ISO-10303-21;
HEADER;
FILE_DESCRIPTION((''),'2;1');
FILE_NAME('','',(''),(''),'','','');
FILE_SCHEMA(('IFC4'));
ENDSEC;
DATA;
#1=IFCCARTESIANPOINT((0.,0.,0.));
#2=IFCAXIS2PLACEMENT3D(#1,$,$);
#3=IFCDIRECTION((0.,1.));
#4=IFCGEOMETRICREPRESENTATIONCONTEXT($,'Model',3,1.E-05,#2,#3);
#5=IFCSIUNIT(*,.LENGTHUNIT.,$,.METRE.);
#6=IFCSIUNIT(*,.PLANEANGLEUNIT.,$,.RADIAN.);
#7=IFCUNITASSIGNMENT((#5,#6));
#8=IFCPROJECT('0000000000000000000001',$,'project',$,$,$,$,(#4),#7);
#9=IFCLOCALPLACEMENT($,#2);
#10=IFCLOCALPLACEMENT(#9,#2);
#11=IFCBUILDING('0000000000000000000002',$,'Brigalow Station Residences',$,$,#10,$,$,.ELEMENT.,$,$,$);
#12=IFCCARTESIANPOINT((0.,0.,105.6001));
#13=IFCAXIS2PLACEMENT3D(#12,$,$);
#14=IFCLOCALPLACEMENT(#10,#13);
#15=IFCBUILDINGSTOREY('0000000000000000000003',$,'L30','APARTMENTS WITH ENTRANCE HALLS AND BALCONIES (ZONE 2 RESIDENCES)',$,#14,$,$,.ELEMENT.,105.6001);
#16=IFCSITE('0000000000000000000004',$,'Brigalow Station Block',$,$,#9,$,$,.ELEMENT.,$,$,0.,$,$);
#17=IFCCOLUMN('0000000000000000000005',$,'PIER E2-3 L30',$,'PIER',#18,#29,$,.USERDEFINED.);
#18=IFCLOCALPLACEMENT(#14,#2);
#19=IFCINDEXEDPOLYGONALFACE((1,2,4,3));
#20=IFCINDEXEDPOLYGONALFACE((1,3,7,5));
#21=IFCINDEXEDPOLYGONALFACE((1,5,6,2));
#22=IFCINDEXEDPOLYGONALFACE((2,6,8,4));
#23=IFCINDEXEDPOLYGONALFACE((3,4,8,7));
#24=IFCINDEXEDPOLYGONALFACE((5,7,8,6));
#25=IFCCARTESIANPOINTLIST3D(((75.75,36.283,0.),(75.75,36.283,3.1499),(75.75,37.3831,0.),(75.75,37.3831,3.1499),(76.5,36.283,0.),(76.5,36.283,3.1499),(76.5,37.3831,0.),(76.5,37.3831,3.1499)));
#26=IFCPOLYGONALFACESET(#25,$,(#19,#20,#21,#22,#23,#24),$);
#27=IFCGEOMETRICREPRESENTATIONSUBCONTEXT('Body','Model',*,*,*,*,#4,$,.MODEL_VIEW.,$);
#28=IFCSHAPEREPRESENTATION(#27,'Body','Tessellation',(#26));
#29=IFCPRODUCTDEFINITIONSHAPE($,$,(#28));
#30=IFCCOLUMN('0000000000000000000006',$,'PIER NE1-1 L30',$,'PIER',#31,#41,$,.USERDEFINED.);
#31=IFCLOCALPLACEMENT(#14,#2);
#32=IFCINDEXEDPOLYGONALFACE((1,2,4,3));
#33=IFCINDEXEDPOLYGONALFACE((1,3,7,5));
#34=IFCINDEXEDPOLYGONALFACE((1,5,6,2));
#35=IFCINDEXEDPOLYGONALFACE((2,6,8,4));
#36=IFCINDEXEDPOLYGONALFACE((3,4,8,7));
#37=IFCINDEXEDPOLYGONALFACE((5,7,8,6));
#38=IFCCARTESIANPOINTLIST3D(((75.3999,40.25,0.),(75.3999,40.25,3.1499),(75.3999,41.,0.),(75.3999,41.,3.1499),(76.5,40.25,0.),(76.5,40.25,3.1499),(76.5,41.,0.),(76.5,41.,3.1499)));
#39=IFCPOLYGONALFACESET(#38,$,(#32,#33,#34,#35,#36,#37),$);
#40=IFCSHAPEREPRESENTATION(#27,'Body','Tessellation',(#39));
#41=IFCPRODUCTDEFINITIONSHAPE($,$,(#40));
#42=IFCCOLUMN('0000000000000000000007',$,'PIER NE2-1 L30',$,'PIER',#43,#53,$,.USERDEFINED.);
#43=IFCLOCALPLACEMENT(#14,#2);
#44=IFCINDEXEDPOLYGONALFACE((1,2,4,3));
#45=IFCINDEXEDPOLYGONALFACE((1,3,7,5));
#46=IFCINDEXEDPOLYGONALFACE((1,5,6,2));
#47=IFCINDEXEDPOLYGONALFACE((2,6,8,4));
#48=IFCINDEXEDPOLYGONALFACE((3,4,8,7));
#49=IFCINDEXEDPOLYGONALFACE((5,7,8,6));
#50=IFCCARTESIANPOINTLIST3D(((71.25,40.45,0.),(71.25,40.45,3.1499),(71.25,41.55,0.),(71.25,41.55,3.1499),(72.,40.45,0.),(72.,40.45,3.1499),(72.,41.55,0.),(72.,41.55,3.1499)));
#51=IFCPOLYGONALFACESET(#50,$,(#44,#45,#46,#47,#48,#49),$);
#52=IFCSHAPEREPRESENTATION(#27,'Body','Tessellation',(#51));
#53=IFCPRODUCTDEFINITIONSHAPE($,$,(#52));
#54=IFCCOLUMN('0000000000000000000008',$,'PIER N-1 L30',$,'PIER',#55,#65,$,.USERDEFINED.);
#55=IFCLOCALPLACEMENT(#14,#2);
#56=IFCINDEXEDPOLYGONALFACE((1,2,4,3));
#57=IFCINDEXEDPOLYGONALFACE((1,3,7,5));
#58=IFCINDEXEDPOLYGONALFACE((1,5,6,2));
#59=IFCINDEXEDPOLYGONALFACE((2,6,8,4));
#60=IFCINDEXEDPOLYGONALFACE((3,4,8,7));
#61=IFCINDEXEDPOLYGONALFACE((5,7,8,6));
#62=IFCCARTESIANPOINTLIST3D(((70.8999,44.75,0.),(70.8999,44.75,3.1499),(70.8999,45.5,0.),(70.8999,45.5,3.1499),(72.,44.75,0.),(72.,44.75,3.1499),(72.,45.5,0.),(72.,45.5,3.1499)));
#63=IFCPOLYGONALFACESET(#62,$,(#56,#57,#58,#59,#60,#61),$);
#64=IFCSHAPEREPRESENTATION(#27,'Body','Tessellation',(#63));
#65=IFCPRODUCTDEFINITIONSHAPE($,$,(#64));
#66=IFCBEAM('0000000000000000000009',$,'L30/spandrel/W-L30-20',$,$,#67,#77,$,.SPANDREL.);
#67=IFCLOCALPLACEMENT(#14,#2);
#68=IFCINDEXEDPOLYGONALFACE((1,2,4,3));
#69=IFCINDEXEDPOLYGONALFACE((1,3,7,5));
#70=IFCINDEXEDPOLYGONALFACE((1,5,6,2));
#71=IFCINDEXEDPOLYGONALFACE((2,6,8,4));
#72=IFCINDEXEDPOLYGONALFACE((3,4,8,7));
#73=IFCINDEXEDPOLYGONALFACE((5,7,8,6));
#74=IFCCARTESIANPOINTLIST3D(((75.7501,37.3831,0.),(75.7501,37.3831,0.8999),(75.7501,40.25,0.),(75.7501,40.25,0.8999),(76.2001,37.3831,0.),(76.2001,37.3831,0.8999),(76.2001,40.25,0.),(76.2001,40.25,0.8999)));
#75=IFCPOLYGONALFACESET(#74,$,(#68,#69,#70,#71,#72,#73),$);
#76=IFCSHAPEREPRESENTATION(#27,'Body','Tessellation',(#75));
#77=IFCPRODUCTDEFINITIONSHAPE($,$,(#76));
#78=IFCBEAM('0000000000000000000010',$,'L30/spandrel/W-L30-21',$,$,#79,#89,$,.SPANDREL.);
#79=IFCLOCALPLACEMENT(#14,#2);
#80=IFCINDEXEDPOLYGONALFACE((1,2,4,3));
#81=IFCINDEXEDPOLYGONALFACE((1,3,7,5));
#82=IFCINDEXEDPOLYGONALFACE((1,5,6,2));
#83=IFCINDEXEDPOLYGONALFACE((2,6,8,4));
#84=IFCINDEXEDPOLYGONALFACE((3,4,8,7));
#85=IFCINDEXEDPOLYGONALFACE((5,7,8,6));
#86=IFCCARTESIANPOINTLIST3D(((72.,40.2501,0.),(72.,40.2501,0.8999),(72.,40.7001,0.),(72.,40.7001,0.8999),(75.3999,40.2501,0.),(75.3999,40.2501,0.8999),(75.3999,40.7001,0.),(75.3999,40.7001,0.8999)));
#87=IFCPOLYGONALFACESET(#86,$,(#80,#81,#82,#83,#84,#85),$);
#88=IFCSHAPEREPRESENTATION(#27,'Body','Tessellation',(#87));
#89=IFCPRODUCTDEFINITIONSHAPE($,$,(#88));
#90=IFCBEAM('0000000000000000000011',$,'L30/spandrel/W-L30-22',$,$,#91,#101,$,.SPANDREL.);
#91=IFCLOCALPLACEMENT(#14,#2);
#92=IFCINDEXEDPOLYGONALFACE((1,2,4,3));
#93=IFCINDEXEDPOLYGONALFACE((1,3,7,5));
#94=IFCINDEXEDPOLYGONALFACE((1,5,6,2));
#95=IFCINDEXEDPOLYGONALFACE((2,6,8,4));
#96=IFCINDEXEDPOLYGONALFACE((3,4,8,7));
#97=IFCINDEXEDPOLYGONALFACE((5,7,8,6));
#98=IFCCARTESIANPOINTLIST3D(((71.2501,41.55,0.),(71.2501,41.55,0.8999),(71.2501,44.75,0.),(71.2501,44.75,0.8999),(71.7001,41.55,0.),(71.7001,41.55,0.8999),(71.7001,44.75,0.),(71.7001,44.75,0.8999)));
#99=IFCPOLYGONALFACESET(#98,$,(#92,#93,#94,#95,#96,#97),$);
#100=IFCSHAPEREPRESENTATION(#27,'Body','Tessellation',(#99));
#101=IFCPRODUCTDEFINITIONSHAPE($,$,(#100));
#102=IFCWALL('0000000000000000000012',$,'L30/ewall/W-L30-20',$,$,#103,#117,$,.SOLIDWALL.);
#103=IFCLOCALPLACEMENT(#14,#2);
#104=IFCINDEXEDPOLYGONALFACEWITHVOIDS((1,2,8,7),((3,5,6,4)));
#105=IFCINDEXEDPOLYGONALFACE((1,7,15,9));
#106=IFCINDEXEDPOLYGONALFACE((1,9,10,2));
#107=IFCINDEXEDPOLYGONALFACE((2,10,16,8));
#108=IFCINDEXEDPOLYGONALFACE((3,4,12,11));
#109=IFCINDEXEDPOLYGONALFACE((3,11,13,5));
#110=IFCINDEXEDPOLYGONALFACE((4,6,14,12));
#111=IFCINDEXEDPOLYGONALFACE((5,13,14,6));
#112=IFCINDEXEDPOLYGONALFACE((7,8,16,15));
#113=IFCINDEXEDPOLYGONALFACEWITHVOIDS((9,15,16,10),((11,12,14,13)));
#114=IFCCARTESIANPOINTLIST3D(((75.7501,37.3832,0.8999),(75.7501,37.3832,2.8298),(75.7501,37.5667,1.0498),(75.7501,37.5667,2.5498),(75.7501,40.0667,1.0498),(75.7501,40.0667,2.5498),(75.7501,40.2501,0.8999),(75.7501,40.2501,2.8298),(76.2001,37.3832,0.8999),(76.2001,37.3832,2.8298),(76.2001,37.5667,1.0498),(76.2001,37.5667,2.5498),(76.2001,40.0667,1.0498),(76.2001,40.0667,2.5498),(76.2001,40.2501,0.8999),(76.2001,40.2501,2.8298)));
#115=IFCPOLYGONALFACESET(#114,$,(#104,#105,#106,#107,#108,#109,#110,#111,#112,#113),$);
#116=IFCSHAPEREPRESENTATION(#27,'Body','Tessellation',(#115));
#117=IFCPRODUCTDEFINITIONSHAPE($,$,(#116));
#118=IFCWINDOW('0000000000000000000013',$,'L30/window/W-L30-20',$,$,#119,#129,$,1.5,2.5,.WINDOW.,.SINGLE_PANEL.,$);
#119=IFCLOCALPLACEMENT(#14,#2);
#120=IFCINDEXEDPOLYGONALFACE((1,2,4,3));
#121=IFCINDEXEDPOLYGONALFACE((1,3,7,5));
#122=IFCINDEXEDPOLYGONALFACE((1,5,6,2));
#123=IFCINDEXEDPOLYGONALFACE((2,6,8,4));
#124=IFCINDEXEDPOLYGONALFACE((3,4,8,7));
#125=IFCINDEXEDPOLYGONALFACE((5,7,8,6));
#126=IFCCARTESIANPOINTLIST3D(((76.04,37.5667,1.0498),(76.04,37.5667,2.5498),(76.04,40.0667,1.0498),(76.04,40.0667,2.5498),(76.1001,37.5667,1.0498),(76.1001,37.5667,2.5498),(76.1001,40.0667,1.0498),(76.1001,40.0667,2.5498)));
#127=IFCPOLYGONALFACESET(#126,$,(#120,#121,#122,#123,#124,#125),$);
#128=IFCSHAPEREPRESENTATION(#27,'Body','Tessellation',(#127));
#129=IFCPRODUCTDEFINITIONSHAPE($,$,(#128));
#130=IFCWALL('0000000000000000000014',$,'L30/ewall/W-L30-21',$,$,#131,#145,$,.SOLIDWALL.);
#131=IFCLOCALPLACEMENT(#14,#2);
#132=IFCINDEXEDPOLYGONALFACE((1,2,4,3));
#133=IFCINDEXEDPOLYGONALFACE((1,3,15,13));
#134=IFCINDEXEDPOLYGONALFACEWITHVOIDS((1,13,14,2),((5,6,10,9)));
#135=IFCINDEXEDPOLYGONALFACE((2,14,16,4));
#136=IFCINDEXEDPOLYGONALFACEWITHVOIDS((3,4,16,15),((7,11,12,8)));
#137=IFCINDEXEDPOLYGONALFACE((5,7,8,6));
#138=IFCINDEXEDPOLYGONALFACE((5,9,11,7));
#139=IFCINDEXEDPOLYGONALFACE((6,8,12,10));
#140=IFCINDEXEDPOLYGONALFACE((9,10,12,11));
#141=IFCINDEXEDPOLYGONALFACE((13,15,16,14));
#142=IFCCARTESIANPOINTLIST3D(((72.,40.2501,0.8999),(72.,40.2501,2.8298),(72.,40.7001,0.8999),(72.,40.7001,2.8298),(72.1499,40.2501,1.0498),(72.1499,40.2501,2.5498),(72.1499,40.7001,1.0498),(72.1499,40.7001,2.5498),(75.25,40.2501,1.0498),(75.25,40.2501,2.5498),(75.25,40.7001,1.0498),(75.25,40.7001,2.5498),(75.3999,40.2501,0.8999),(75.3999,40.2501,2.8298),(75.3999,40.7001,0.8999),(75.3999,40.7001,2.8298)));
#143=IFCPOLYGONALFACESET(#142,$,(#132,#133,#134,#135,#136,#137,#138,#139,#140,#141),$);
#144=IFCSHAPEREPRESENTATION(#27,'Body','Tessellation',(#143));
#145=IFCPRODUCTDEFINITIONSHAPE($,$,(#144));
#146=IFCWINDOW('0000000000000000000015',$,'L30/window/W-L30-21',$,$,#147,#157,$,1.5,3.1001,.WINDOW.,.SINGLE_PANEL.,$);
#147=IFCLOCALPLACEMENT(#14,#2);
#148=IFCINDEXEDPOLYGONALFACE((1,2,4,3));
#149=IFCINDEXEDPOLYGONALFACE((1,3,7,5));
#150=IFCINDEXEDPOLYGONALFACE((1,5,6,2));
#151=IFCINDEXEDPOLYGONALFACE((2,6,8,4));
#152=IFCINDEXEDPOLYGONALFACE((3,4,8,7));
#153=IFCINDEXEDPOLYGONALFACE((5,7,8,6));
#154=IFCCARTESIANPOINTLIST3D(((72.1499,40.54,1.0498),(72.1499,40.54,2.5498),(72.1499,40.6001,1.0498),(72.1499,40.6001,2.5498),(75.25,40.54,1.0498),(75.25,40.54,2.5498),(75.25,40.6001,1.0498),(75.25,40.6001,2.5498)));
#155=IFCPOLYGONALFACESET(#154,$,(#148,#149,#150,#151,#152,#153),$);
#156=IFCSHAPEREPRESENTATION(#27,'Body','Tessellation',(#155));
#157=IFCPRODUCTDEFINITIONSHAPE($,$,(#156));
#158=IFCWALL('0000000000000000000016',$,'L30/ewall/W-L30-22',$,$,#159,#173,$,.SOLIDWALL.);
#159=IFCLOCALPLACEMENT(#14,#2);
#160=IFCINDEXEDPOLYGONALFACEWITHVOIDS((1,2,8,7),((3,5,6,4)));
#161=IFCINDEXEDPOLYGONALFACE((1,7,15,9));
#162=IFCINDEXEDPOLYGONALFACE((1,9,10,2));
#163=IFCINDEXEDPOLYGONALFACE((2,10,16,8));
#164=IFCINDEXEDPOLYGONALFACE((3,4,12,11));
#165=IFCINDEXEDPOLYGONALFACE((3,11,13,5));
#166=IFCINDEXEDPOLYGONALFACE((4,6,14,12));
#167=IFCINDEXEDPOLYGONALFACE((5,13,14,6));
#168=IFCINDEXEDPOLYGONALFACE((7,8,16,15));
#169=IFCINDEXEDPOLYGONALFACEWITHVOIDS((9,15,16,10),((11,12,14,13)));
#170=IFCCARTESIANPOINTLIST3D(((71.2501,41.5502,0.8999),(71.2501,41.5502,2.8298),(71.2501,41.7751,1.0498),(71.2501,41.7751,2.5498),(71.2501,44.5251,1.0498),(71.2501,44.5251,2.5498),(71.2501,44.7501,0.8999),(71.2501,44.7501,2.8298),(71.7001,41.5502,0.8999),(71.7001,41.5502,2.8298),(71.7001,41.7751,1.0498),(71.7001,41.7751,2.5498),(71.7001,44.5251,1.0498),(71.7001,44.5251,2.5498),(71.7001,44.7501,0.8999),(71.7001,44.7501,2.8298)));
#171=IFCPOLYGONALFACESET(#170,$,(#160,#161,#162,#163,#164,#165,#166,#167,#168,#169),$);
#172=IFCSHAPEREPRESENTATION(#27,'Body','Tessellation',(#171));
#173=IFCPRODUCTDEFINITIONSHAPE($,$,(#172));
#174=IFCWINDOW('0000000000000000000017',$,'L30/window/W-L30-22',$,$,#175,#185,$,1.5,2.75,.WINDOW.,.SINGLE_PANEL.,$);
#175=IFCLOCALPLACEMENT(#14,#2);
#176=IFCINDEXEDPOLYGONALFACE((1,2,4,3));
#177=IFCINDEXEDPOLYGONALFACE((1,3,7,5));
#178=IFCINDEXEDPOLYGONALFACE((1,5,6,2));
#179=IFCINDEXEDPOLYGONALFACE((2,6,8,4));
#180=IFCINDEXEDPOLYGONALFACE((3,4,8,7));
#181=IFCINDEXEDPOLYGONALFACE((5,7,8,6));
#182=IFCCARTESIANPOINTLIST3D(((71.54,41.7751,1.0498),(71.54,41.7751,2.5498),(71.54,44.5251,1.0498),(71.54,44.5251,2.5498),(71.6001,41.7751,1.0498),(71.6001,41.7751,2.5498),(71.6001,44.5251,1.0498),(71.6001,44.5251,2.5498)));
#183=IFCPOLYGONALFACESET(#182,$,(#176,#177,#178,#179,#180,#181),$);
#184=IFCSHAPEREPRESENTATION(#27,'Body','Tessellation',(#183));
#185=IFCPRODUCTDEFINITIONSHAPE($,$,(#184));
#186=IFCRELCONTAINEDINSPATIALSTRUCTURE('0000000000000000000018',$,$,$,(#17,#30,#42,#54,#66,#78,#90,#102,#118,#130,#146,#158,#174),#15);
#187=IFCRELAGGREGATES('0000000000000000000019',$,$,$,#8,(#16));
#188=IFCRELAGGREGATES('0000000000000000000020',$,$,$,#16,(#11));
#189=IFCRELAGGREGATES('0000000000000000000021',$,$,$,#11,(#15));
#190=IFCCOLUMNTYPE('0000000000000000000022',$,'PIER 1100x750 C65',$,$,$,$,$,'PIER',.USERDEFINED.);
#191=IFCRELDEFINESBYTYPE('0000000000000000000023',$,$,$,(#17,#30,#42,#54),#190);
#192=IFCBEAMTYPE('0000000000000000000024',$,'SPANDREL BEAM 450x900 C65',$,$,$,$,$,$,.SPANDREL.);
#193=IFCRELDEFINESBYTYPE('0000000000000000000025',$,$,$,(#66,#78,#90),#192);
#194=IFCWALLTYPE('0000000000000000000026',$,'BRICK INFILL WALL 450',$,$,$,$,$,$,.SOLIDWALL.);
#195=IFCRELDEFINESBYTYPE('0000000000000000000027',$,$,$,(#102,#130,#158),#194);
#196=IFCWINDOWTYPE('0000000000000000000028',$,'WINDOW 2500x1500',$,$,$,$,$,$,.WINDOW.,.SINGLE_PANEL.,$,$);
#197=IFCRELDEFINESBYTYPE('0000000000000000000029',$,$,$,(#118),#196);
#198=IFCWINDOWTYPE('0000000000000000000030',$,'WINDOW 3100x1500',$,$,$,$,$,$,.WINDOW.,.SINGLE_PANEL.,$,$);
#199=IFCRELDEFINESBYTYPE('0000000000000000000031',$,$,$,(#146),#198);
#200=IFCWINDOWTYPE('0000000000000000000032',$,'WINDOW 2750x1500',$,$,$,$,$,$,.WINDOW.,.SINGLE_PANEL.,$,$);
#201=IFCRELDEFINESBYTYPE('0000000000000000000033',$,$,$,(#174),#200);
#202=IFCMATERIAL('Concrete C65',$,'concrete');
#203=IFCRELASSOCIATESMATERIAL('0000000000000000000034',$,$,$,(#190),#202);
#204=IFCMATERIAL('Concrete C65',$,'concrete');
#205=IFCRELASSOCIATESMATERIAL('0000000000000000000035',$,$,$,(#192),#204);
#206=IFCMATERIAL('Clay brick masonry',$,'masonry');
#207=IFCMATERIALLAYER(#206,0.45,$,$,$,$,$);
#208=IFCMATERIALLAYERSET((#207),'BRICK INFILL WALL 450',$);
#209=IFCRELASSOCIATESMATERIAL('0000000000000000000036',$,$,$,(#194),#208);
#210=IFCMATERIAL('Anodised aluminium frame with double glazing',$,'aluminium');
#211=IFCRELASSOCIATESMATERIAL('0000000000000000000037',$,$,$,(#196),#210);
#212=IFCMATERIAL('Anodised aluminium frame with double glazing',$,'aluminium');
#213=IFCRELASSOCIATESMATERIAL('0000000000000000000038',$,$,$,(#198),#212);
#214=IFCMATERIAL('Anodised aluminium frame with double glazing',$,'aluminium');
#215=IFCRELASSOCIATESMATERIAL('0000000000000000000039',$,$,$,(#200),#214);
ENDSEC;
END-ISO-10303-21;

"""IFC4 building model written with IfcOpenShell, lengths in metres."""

from ifc_helpers import new_model, si_unit, direction, frame, frame_2d, origin, origin_2d, place, context, subcontext, project, spatial, rectangle, extrude, material, layer, layer_set, material_profile, profile_set, type_object, element, fill, save


model = new_model("IFC4")

# Units and contexts
model_context = context("Model", 3, precision=1e-05, world=origin(), true_north=direction((0.0, 1.0)))
body_context = subcontext(model_context, "Body", "Model", "MODEL_VIEW")
ifc_project = project(units=[si_unit("LENGTHUNIT", "METRE"), si_unit("PLANEANGLEUNIT", "RADIAN")], contexts=[model_context])

# Site, building, storey
site_placement = place(None, origin())
site = spatial("IfcSite", under=ifc_project, at=site_placement, Name="Brigalow Station Block", CompositionType="ELEMENT", RefElevation=0.0)
building_placement = place(site_placement, origin())
building = spatial("IfcBuilding", under=site, at=building_placement, Name="Brigalow Station Residences", CompositionType="ELEMENT")
storey_placement = place(building_placement, frame((0.0, 0.0, 105.6001)))
storey = spatial("IfcBuildingStorey", under=building, at=storey_placement, Name="L30", Description="APARTMENTS WITH ENTRANCE HALLS AND BALCONIES (ZONE 2 RESIDENCES)", CompositionType="ELEMENT", Elevation=105.6001)

# Columns
ifc_material_1 = material(Name="Concrete C65", Category="concrete")
ifc_material_profile_1 = material_profile(ifc_material_1, rectangle(XDim=1.1001, YDim=0.75, at=origin_2d()), Name="RC1100x750")
ifc_profile_set_1 = profile_set([ifc_material_profile_1], Name="Concrete C65")
column_type = type_object("IfcColumnType", Name="PIER 1100x750 C65", ElementType="PIER", PredefinedType="USERDEFINED", material=ifc_profile_set_1)
for number, where, z_axis, x_axis, name in (
    (1, (76.125, 36.833, 0.0), (0.0, 0.0, 1.0), (0.0, 1.0, 0.0), "PIER E2-3 L30"),
    (2, (75.95, 40.625, 0.0), (0.0, 0.0, 1.0), (-1.0, 0.0, 0.0), "PIER NE1-1 L30"),
    (3, (71.625, 41.0, 0.0), (0.0, 0.0, 1.0), (0.0, 1.0, 0.0), "PIER NE2-1 L30"),
    (4, (71.45, 45.125, 0.0), (0.0, 0.0, 1.0), (-1.0, 0.0, 0.0), "PIER N-1 L30"),
):
    element("IfcColumn", number, at=place(storey_placement, frame(where, z_axis=z_axis, x_axis=x_axis)), inside=storey, type_object=column_type, Name=name, ObjectType="PIER", PredefinedType="USERDEFINED", context=body_context, shape_type="SweptSolid", body=[
        extrude(rectangle(XDim=1.1001, YDim=0.75, at=origin_2d()), origin(), (0.0, 0.0, 1.0), 3.1499),
    ])

# Beams
ifc_material_2 = material(Name="Concrete C65", Category="concrete")
ifc_material_profile_2 = material_profile(ifc_material_2, rectangle(XDim=0.45, YDim=0.8999, at=origin_2d()), Name="RC450x900")
ifc_profile_set_2 = profile_set([ifc_material_profile_2], Name="Concrete C65")
beam_type = type_object("IfcBeamType", Name="SPANDREL BEAM 450x900 C65", PredefinedType="SPANDREL", material=ifc_profile_set_2)
beam_1_placement = place(storey_placement, frame((75.9751, 37.3831, 0.45), z_axis=(0.0, 1.0, 0.0), x_axis=(-1.0, 0.0, 0.0)))
element("IfcBeam", 5, at=beam_1_placement, inside=storey, type_object=beam_type, Name="L30/spandrel/W-L30-20", PredefinedType="SPANDREL", context=body_context, shape_type="SweptSolid", body=[
    extrude(rectangle(XDim=0.45, YDim=0.8999, at=origin_2d()), origin(), (0.0, 0.0, 1.0), 2.8669),
])
beam_2_placement = place(storey_placement, frame((75.3999, 40.4751, 0.45), z_axis=(-1.0, 0.0, 0.0), x_axis=(0.0, -1.0, 0.0)))
element("IfcBeam", 6, at=beam_2_placement, inside=storey, type_object=beam_type, Name="L30/spandrel/W-L30-21", PredefinedType="SPANDREL", context=body_context, shape_type="SweptSolid", body=[
    extrude(rectangle(XDim=0.45, YDim=0.8999, at=origin_2d()), origin(), (0.0, 0.0, 1.0), 3.3999),
])
beam_3_placement = place(storey_placement, frame((71.4751, 41.55, 0.45), z_axis=(0.0, 1.0, 0.0), x_axis=(-1.0, 0.0, 0.0)))
element("IfcBeam", 7, at=beam_3_placement, inside=storey, type_object=beam_type, Name="L30/spandrel/W-L30-22", PredefinedType="SPANDREL", context=body_context, shape_type="SweptSolid", body=[
    extrude(rectangle(XDim=0.45, YDim=0.8999, at=origin_2d()), origin(), (0.0, 0.0, 1.0), 3.2),
])

# Walls, openings, windows
ifc_material_3 = material(Name="Clay brick masonry", Category="masonry")
ifc_layer_1 = layer(ifc_material_3, 0.45)
ifc_layer_set_1 = layer_set([ifc_layer_1], Name="BRICK INFILL WALL 450")
wall_type_1 = type_object("IfcWallType", Name="BRICK INFILL WALL 450", PredefinedType="SOLIDWALL", material=ifc_layer_set_1)
wall_1_placement = place(storey_placement, frame((75.9751, 37.3831, 0.8999), z_axis=(0.0, 0.0, 1.0), x_axis=(0.0, 1.0, 0.0)))
wall_1 = element("IfcWall", 8, at=wall_1_placement, inside=storey, type_object=wall_type_1, Name="L30/ewall/W-L30-20", PredefinedType="SOLIDWALL", context=body_context, shape_type="SweptSolid", body=[
    extrude(rectangle(XDim=2.8669, YDim=0.45, at=frame_2d((1.4336, 0.0))), origin(), (0.0, 0.0, 1.0), 1.9299),
])
opening_1_placement = place(wall_1_placement, frame((0.1836, 0.0, 0.1499)))
opening_1 = element("IfcOpeningElement", 9, at=opening_1_placement, cuts=wall_1, PredefinedType="OPENING", context=body_context, shape_type="SweptSolid", body=[
    extrude(rectangle(XDim=2.5, YDim=1.5, at=frame_2d((1.25, 0.75))), frame((0.0, 0.2349, 0.0), z_axis=(0.0, -1.0, 0.0), x_axis=(1.0, 0.0, 0.0)), (0.0, 0.0, 1.0), 0.47),
])
ifc_material_4 = material(Name="Anodised aluminium frame with double glazing", Category="aluminium")
window_type_1 = type_object("IfcWindowType", Name="WINDOW 2500x1500", PartitioningType="SINGLE_PANEL", PredefinedType="WINDOW", material=ifc_material_4)
window_1_placement = place(opening_1_placement, origin())
window_1 = element("IfcWindow", 10, at=window_1_placement, inside=storey, type_object=window_type_1, Name="L30/window/W-L30-20", OverallHeight=1.5, OverallWidth=2.5, PartitioningType="SINGLE_PANEL", PredefinedType="WINDOW", context=body_context, shape_type="SweptSolid", body=[
    extrude(rectangle(XDim=2.5, YDim=1.5, at=frame_2d((1.25, 0.75))), frame((0.0, -0.0649, 0.0), z_axis=(0.0, -1.0, 0.0), x_axis=(1.0, 0.0, 0.0)), (0.0, 0.0, 1.0), 0.0601),
])
fill(opening_1, window_1)
wall_2_placement = place(storey_placement, frame((75.3999, 40.4751, 0.8999), z_axis=(0.0, 0.0, 1.0), x_axis=(-1.0, 0.0, 0.0)))
wall_2 = element("IfcWall", 11, at=wall_2_placement, inside=storey, type_object=wall_type_1, Name="L30/ewall/W-L30-21", PredefinedType="SOLIDWALL", context=body_context, shape_type="SweptSolid", body=[
    extrude(rectangle(XDim=3.3999, YDim=0.45, at=frame_2d((1.7, 0.0))), origin(), (0.0, 0.0, 1.0), 1.9299),
])
opening_2_placement = place(wall_2_placement, frame((0.1499, 0.0, 0.1499)))
opening_2 = element("IfcOpeningElement", 12, at=opening_2_placement, cuts=wall_2, PredefinedType="OPENING", context=body_context, shape_type="SweptSolid", body=[
    extrude(rectangle(XDim=3.1001, YDim=1.5, at=frame_2d((1.55, 0.75))), frame((0.0, 0.2349, 0.0), z_axis=(0.0, -1.0, 0.0), x_axis=(1.0, 0.0, 0.0)), (0.0, 0.0, 1.0), 0.47),
])
ifc_material_5 = material(Name="Anodised aluminium frame with double glazing", Category="aluminium")
window_type_2 = type_object("IfcWindowType", Name="WINDOW 3100x1500", PartitioningType="SINGLE_PANEL", PredefinedType="WINDOW", material=ifc_material_5)
window_2_placement = place(opening_2_placement, origin())
window_2 = element("IfcWindow", 13, at=window_2_placement, inside=storey, type_object=window_type_2, Name="L30/window/W-L30-21", OverallHeight=1.5, OverallWidth=3.1001, PartitioningType="SINGLE_PANEL", PredefinedType="WINDOW", context=body_context, shape_type="SweptSolid", body=[
    extrude(rectangle(XDim=3.1001, YDim=1.5, at=frame_2d((1.55, 0.75))), frame((0.0, -0.0649, 0.0), z_axis=(0.0, -1.0, 0.0), x_axis=(1.0, 0.0, 0.0)), (0.0, 0.0, 1.0), 0.0601),
])
fill(opening_2, window_2)
wall_3_placement = place(storey_placement, frame((71.4751, 41.55, 0.8999), z_axis=(0.0, 0.0, 1.0), x_axis=(0.0, 1.0, 0.0)))
wall_3 = element("IfcWall", 14, at=wall_3_placement, inside=storey, type_object=wall_type_1, Name="L30/ewall/W-L30-22", PredefinedType="SOLIDWALL", context=body_context, shape_type="SweptSolid", body=[
    extrude(rectangle(XDim=3.2, YDim=0.45, at=frame_2d((1.6001, 0.0))), origin(), (0.0, 0.0, 1.0), 1.9299),
])
opening_3_placement = place(wall_3_placement, frame((0.2251, 0.0, 0.1499)))
opening_3 = element("IfcOpeningElement", 15, at=opening_3_placement, cuts=wall_3, PredefinedType="OPENING", context=body_context, shape_type="SweptSolid", body=[
    extrude(rectangle(XDim=2.75, YDim=1.5, at=frame_2d((1.375, 0.75))), frame((0.0, 0.2349, 0.0), z_axis=(0.0, -1.0, 0.0), x_axis=(1.0, 0.0, 0.0)), (0.0, 0.0, 1.0), 0.47),
])
ifc_material_6 = material(Name="Anodised aluminium frame with double glazing", Category="aluminium")
window_type_3 = type_object("IfcWindowType", Name="WINDOW 2750x1500", PartitioningType="SINGLE_PANEL", PredefinedType="WINDOW", material=ifc_material_6)
window_3_placement = place(opening_3_placement, origin())
window_3 = element("IfcWindow", 16, at=window_3_placement, inside=storey, type_object=window_type_3, Name="L30/window/W-L30-22", OverallHeight=1.5, OverallWidth=2.75, PartitioningType="SINGLE_PANEL", PredefinedType="WINDOW", context=body_context, shape_type="SweptSolid", body=[
    extrude(rectangle(XDim=2.75, YDim=1.5, at=frame_2d((1.375, 0.75))), frame((0.0, -0.0649, 0.0), z_axis=(0.0, -1.0, 0.0), x_axis=(1.0, 0.0, 0.0)), (0.0, 0.0, 1.0), 0.0601),
])
fill(opening_3, window_3)

save(model, "model.ifc")
